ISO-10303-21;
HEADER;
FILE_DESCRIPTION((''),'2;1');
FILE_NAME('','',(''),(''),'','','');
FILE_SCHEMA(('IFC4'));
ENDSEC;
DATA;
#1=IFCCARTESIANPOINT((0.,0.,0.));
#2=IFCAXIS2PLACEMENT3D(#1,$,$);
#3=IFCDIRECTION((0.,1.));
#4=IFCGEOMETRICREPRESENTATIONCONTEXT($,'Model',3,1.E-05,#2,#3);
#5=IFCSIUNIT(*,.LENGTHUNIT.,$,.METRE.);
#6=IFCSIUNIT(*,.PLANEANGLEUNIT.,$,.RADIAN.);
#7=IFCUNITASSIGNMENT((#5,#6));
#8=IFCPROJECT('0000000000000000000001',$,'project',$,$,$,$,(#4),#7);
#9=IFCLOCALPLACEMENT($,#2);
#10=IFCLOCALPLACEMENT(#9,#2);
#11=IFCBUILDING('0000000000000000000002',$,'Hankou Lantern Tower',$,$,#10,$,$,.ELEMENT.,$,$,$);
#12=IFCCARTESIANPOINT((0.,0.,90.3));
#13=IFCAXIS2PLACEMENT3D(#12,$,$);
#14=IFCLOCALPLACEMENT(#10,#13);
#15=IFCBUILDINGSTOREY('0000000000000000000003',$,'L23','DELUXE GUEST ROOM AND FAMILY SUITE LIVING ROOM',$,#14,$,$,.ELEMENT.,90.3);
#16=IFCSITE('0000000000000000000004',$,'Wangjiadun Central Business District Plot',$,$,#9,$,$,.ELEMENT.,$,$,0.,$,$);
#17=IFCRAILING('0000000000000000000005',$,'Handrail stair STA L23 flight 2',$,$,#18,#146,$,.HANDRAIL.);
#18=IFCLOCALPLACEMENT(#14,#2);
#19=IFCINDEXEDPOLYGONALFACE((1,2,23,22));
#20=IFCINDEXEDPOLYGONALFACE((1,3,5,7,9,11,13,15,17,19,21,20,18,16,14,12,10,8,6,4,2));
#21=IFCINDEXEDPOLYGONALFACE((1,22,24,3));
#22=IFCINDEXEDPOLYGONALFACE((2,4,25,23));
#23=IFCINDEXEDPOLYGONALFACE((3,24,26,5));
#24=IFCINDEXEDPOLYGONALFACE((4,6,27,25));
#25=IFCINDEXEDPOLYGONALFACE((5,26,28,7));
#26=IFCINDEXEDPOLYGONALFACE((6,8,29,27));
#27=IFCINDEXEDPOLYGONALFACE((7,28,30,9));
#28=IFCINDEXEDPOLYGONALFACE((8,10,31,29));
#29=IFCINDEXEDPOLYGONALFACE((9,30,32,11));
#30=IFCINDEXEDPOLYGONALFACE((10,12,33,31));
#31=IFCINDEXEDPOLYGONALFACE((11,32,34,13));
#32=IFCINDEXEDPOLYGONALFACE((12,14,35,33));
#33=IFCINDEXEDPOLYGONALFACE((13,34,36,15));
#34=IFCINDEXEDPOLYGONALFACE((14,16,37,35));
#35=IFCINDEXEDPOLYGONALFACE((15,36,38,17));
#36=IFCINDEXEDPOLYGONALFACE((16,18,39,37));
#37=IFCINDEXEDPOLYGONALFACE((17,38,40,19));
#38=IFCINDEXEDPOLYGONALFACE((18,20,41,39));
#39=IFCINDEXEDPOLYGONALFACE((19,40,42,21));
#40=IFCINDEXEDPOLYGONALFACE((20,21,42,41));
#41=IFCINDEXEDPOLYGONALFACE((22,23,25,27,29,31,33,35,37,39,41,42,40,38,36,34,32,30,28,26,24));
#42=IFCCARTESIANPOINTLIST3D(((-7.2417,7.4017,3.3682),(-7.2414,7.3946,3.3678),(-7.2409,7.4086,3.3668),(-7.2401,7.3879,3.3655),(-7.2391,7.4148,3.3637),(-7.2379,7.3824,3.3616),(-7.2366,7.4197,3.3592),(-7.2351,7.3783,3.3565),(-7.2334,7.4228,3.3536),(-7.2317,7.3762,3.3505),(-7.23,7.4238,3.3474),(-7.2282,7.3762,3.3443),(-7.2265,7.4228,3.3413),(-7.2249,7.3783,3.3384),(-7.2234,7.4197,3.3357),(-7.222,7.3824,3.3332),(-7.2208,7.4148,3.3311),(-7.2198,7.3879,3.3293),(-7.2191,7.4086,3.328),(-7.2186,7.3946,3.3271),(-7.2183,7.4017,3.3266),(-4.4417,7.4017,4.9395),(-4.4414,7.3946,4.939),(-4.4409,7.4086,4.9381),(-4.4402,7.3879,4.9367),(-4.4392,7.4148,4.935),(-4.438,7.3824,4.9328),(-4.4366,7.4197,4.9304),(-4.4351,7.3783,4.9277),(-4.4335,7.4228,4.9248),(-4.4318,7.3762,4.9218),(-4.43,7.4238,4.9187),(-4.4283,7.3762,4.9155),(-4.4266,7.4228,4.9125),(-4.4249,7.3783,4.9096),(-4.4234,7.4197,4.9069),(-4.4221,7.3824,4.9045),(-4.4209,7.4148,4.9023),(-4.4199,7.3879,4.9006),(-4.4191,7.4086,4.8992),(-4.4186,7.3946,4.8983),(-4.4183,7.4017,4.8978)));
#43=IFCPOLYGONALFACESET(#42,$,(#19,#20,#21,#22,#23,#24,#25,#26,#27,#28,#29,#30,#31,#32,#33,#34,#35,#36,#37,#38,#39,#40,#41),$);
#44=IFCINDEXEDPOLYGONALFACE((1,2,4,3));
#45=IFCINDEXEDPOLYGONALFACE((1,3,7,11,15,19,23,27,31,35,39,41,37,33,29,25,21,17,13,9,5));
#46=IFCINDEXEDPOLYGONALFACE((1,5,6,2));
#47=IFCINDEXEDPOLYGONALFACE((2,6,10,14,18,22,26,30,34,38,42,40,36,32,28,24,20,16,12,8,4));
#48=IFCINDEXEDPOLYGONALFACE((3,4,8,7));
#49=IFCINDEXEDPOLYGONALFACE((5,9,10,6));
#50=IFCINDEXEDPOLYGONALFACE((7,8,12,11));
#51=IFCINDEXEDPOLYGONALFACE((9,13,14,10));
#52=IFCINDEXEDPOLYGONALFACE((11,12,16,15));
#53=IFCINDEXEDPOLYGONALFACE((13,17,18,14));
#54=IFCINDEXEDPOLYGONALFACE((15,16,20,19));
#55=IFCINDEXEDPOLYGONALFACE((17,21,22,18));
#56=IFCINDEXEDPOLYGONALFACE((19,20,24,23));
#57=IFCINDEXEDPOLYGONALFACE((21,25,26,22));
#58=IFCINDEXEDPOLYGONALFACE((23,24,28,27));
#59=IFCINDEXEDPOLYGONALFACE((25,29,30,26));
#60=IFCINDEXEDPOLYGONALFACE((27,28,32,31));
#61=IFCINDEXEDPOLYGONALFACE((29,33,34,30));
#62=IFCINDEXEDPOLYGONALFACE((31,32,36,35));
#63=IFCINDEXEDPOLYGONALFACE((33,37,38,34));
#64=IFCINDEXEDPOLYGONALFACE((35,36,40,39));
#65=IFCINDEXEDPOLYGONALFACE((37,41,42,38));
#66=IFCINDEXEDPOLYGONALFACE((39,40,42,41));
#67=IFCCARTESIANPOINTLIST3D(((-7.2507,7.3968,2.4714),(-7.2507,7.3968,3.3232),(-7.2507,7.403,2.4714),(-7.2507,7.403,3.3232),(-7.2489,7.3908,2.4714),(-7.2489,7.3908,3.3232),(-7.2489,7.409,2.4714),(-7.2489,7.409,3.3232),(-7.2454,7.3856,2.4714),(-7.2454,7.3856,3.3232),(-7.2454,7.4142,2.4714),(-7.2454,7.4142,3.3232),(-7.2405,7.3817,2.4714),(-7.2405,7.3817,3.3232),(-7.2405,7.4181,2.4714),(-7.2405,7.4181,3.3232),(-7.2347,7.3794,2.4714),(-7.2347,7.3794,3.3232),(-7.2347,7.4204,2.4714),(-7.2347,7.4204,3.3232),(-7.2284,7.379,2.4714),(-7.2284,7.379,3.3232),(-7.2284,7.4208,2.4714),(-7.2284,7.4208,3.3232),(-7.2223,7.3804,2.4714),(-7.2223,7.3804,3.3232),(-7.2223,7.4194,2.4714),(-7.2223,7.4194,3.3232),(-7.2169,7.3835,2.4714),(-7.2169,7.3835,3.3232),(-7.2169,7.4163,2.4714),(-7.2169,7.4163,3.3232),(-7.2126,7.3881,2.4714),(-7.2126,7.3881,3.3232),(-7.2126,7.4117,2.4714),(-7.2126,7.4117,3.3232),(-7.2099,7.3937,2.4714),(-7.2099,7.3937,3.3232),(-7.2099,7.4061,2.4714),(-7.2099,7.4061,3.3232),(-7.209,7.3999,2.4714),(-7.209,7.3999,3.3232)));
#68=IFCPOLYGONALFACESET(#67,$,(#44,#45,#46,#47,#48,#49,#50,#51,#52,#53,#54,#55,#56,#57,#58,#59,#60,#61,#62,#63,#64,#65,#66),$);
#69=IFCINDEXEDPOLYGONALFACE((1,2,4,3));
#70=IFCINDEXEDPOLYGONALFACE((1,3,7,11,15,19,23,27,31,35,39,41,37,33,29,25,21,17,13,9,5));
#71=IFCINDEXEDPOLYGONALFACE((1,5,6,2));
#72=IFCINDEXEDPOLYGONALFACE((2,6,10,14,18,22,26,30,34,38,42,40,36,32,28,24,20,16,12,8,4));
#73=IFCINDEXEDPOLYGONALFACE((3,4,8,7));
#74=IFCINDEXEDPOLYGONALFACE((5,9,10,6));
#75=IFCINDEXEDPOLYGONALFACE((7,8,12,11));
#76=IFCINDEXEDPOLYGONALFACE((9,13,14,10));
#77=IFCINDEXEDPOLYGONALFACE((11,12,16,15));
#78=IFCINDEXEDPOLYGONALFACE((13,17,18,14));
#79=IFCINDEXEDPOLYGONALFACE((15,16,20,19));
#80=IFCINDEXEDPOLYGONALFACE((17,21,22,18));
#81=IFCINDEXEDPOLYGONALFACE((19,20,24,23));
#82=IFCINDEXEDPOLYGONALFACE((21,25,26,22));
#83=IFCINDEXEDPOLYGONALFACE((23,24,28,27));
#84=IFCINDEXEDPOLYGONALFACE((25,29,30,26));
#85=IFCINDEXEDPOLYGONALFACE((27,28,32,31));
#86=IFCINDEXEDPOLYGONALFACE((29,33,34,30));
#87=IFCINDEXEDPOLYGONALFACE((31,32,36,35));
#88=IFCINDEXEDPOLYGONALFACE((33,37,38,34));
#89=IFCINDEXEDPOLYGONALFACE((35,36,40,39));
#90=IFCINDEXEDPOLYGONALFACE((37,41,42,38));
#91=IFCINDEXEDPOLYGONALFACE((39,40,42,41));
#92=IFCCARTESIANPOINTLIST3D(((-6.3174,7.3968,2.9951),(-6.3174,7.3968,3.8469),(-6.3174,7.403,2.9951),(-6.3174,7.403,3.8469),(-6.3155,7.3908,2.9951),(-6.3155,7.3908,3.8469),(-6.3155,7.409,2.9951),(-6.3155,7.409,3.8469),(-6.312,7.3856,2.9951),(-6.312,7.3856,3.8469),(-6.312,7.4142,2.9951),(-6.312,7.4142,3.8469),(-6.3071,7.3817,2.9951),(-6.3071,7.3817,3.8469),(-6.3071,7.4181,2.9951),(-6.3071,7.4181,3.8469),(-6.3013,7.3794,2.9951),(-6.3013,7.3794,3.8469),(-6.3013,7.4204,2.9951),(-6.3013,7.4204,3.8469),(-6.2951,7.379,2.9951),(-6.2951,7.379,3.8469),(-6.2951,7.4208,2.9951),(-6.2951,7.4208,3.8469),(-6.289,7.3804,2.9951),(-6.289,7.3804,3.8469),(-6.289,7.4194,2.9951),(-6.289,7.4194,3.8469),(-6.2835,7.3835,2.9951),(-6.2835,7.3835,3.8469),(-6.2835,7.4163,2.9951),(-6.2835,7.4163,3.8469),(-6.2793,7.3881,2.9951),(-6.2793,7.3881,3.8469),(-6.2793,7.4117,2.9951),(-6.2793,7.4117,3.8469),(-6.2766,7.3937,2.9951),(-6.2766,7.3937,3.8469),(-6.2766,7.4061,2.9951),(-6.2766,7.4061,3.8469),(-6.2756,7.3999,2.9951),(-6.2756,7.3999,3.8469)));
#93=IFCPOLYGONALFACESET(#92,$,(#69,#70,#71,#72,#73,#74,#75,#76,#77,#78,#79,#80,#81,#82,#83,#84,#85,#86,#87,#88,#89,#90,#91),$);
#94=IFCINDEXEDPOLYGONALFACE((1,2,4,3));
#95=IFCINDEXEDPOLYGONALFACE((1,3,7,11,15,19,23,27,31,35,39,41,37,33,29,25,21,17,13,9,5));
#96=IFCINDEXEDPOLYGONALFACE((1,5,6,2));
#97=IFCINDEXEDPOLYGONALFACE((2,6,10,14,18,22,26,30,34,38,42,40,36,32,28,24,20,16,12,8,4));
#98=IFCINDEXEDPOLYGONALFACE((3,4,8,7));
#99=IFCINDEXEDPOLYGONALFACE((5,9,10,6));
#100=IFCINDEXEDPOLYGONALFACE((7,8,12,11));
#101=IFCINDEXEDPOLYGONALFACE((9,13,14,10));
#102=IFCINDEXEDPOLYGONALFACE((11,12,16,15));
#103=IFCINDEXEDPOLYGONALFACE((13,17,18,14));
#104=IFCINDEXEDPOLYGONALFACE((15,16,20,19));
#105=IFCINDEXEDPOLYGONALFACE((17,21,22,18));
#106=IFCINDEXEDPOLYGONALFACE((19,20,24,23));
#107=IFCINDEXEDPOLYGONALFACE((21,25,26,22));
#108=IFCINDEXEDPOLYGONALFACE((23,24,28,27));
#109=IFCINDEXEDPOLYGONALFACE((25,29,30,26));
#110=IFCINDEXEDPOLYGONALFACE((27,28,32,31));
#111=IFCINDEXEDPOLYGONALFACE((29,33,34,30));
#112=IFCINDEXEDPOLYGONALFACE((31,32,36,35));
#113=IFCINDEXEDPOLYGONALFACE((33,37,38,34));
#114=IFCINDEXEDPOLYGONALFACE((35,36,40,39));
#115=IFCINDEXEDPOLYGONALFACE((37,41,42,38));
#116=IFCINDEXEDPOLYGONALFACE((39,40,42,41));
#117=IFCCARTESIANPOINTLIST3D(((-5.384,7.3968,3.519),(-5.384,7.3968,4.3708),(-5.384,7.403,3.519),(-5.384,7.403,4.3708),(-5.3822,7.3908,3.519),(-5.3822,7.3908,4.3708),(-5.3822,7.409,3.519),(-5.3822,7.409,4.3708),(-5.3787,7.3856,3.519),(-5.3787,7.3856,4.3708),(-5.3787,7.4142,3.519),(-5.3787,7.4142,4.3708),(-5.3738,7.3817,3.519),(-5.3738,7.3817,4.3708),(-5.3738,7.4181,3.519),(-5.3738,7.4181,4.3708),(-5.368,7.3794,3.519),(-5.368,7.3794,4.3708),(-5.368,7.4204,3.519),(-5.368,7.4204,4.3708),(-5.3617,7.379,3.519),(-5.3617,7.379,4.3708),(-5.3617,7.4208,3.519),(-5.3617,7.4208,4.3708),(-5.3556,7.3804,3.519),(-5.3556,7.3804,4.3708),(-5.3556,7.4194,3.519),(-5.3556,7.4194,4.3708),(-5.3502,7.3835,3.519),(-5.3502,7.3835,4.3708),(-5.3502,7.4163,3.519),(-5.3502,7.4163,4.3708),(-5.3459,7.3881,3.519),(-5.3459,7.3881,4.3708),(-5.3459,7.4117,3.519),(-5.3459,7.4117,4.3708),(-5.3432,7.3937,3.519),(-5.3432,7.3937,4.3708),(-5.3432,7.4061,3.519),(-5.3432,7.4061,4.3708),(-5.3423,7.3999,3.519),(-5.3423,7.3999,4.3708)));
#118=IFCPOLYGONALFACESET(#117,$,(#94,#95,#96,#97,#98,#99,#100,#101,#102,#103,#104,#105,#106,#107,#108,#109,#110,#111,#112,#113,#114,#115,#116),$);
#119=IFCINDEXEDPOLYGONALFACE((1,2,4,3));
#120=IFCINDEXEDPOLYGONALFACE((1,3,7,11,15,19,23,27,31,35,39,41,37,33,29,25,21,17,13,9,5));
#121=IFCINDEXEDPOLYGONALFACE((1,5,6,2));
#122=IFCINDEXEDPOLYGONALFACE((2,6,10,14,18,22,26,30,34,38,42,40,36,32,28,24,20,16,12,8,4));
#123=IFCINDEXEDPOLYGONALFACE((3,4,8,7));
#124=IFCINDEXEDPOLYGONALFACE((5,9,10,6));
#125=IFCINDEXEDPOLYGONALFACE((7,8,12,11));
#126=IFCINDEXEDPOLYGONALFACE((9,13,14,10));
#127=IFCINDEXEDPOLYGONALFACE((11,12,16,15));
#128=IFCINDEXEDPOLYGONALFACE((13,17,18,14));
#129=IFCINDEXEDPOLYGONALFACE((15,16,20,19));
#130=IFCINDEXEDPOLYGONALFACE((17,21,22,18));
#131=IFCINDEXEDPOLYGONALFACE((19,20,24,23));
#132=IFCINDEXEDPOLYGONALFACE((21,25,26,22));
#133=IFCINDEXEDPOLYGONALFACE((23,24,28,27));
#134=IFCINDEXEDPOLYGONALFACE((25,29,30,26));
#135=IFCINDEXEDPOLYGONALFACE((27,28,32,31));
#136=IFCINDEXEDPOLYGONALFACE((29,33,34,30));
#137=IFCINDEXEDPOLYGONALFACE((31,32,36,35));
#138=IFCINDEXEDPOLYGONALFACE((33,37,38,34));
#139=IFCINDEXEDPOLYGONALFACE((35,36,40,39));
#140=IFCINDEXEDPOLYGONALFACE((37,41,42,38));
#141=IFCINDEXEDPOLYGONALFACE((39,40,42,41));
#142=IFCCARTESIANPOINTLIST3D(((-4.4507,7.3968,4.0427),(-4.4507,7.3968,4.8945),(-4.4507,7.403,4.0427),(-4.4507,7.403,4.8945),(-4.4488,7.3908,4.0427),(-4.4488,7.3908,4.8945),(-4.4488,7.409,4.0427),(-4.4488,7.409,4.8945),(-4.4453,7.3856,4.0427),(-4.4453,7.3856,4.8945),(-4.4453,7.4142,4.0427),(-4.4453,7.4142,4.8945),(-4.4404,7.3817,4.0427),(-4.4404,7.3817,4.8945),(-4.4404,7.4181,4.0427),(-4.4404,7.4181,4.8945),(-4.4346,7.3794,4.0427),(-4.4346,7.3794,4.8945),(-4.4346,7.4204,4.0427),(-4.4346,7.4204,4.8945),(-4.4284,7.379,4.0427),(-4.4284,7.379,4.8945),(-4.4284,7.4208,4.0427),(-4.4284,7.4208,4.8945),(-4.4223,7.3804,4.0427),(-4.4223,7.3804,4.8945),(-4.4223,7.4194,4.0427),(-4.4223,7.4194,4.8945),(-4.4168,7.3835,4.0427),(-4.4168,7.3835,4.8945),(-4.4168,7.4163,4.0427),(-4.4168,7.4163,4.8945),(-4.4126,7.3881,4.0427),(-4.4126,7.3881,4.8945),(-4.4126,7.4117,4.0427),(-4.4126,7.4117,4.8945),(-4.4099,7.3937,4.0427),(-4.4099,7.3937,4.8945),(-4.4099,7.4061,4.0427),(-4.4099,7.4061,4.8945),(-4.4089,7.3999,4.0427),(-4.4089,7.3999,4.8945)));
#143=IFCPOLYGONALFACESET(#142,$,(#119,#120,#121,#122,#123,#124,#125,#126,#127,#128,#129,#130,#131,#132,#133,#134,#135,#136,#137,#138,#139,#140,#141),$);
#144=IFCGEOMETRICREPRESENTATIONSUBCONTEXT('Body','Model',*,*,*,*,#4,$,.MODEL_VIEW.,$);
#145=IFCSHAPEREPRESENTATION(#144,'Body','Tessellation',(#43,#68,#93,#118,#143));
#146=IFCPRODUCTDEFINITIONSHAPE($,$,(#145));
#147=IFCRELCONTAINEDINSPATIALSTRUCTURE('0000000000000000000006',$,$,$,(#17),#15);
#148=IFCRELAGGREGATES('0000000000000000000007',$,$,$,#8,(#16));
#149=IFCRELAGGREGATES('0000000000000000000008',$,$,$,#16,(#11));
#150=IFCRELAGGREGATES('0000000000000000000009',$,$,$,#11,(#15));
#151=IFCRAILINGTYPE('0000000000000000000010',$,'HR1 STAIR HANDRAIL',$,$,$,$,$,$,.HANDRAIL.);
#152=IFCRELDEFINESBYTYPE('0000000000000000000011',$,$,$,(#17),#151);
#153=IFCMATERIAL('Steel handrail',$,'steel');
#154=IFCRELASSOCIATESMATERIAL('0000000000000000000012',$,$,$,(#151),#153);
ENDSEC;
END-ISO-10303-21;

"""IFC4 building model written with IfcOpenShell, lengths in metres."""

from ifc_helpers import new_model, si_unit, direction, frame, origin, origin_2d, place, context, subcontext, project, spatial, circle, extrude, material, type_object, element, save


model = new_model("IFC4")

# Units and contexts
model_context = context("Model", 3, precision=1e-05, world=origin(), true_north=direction((0.0, 1.0)))
body_context = subcontext(model_context, "Body", "Model", "MODEL_VIEW")
ifc_project = project(units=[si_unit("LENGTHUNIT", "METRE"), si_unit("PLANEANGLEUNIT", "RADIAN")], contexts=[model_context])

# Site, building, storey
site_placement = place(None, origin())
site = spatial("IfcSite", under=ifc_project, at=site_placement, Name="Wangjiadun Central Business District Plot", CompositionType="ELEMENT", RefElevation=0.0)
building_placement = place(site_placement, origin())
building = spatial("IfcBuilding", under=site, at=building_placement, Name="Hankou Lantern Tower", CompositionType="ELEMENT")
storey_placement = place(building_placement, frame((0.0, 0.0, 90.3)))
storey = spatial("IfcBuildingStorey", under=building, at=storey_placement, Name="L23", Description="DELUXE GUEST ROOM AND FAMILY SUITE LIVING ROOM", CompositionType="ELEMENT", Elevation=90.3)

# Railing
ifc_material_1 = material(Name="Steel handrail", Category="steel")
railing_type = type_object("IfcRailingType", Name="HR1 STAIR HANDRAIL", PredefinedType="HANDRAIL", material=ifc_material_1)
railing_placement = place(storey_placement, frame((-7.23, 7.3999, 2.4714)))
element("IfcRailing", 1, at=railing_placement, inside=storey, type_object=railing_type, Name="Handrail stair STA L23 flight 2", PredefinedType="HANDRAIL", context=body_context, shape_type="SweptSolid", body=[
    extrude(circle(Radius=0.0239, at=origin_2d()), frame((0.0, 0.0, 0.876), z_axis=(0.872073, 0.0, 0.489377), x_axis=(0.0, 1.0, 0.0)), (0.0, 0.0, 1.0), 3.2107),
    extrude(circle(Radius=0.021, at=origin_2d()), origin(), (0.0, 0.0, 1.0), 0.8518),
    extrude(circle(Radius=0.021, at=origin_2d()), frame((0.9333, 0.0, 0.5237)), (0.0, 0.0, 1.0), 0.8518),
    extrude(circle(Radius=0.021, at=origin_2d()), frame((1.8667, 0.0, 1.0476)), (0.0, 0.0, 1.0), 0.8518),
    extrude(circle(Radius=0.021, at=origin_2d()), frame((2.8, 0.0, 1.5713)), (0.0, 0.0, 1.0), 0.8518),
])

save(model, "model.ifc")
